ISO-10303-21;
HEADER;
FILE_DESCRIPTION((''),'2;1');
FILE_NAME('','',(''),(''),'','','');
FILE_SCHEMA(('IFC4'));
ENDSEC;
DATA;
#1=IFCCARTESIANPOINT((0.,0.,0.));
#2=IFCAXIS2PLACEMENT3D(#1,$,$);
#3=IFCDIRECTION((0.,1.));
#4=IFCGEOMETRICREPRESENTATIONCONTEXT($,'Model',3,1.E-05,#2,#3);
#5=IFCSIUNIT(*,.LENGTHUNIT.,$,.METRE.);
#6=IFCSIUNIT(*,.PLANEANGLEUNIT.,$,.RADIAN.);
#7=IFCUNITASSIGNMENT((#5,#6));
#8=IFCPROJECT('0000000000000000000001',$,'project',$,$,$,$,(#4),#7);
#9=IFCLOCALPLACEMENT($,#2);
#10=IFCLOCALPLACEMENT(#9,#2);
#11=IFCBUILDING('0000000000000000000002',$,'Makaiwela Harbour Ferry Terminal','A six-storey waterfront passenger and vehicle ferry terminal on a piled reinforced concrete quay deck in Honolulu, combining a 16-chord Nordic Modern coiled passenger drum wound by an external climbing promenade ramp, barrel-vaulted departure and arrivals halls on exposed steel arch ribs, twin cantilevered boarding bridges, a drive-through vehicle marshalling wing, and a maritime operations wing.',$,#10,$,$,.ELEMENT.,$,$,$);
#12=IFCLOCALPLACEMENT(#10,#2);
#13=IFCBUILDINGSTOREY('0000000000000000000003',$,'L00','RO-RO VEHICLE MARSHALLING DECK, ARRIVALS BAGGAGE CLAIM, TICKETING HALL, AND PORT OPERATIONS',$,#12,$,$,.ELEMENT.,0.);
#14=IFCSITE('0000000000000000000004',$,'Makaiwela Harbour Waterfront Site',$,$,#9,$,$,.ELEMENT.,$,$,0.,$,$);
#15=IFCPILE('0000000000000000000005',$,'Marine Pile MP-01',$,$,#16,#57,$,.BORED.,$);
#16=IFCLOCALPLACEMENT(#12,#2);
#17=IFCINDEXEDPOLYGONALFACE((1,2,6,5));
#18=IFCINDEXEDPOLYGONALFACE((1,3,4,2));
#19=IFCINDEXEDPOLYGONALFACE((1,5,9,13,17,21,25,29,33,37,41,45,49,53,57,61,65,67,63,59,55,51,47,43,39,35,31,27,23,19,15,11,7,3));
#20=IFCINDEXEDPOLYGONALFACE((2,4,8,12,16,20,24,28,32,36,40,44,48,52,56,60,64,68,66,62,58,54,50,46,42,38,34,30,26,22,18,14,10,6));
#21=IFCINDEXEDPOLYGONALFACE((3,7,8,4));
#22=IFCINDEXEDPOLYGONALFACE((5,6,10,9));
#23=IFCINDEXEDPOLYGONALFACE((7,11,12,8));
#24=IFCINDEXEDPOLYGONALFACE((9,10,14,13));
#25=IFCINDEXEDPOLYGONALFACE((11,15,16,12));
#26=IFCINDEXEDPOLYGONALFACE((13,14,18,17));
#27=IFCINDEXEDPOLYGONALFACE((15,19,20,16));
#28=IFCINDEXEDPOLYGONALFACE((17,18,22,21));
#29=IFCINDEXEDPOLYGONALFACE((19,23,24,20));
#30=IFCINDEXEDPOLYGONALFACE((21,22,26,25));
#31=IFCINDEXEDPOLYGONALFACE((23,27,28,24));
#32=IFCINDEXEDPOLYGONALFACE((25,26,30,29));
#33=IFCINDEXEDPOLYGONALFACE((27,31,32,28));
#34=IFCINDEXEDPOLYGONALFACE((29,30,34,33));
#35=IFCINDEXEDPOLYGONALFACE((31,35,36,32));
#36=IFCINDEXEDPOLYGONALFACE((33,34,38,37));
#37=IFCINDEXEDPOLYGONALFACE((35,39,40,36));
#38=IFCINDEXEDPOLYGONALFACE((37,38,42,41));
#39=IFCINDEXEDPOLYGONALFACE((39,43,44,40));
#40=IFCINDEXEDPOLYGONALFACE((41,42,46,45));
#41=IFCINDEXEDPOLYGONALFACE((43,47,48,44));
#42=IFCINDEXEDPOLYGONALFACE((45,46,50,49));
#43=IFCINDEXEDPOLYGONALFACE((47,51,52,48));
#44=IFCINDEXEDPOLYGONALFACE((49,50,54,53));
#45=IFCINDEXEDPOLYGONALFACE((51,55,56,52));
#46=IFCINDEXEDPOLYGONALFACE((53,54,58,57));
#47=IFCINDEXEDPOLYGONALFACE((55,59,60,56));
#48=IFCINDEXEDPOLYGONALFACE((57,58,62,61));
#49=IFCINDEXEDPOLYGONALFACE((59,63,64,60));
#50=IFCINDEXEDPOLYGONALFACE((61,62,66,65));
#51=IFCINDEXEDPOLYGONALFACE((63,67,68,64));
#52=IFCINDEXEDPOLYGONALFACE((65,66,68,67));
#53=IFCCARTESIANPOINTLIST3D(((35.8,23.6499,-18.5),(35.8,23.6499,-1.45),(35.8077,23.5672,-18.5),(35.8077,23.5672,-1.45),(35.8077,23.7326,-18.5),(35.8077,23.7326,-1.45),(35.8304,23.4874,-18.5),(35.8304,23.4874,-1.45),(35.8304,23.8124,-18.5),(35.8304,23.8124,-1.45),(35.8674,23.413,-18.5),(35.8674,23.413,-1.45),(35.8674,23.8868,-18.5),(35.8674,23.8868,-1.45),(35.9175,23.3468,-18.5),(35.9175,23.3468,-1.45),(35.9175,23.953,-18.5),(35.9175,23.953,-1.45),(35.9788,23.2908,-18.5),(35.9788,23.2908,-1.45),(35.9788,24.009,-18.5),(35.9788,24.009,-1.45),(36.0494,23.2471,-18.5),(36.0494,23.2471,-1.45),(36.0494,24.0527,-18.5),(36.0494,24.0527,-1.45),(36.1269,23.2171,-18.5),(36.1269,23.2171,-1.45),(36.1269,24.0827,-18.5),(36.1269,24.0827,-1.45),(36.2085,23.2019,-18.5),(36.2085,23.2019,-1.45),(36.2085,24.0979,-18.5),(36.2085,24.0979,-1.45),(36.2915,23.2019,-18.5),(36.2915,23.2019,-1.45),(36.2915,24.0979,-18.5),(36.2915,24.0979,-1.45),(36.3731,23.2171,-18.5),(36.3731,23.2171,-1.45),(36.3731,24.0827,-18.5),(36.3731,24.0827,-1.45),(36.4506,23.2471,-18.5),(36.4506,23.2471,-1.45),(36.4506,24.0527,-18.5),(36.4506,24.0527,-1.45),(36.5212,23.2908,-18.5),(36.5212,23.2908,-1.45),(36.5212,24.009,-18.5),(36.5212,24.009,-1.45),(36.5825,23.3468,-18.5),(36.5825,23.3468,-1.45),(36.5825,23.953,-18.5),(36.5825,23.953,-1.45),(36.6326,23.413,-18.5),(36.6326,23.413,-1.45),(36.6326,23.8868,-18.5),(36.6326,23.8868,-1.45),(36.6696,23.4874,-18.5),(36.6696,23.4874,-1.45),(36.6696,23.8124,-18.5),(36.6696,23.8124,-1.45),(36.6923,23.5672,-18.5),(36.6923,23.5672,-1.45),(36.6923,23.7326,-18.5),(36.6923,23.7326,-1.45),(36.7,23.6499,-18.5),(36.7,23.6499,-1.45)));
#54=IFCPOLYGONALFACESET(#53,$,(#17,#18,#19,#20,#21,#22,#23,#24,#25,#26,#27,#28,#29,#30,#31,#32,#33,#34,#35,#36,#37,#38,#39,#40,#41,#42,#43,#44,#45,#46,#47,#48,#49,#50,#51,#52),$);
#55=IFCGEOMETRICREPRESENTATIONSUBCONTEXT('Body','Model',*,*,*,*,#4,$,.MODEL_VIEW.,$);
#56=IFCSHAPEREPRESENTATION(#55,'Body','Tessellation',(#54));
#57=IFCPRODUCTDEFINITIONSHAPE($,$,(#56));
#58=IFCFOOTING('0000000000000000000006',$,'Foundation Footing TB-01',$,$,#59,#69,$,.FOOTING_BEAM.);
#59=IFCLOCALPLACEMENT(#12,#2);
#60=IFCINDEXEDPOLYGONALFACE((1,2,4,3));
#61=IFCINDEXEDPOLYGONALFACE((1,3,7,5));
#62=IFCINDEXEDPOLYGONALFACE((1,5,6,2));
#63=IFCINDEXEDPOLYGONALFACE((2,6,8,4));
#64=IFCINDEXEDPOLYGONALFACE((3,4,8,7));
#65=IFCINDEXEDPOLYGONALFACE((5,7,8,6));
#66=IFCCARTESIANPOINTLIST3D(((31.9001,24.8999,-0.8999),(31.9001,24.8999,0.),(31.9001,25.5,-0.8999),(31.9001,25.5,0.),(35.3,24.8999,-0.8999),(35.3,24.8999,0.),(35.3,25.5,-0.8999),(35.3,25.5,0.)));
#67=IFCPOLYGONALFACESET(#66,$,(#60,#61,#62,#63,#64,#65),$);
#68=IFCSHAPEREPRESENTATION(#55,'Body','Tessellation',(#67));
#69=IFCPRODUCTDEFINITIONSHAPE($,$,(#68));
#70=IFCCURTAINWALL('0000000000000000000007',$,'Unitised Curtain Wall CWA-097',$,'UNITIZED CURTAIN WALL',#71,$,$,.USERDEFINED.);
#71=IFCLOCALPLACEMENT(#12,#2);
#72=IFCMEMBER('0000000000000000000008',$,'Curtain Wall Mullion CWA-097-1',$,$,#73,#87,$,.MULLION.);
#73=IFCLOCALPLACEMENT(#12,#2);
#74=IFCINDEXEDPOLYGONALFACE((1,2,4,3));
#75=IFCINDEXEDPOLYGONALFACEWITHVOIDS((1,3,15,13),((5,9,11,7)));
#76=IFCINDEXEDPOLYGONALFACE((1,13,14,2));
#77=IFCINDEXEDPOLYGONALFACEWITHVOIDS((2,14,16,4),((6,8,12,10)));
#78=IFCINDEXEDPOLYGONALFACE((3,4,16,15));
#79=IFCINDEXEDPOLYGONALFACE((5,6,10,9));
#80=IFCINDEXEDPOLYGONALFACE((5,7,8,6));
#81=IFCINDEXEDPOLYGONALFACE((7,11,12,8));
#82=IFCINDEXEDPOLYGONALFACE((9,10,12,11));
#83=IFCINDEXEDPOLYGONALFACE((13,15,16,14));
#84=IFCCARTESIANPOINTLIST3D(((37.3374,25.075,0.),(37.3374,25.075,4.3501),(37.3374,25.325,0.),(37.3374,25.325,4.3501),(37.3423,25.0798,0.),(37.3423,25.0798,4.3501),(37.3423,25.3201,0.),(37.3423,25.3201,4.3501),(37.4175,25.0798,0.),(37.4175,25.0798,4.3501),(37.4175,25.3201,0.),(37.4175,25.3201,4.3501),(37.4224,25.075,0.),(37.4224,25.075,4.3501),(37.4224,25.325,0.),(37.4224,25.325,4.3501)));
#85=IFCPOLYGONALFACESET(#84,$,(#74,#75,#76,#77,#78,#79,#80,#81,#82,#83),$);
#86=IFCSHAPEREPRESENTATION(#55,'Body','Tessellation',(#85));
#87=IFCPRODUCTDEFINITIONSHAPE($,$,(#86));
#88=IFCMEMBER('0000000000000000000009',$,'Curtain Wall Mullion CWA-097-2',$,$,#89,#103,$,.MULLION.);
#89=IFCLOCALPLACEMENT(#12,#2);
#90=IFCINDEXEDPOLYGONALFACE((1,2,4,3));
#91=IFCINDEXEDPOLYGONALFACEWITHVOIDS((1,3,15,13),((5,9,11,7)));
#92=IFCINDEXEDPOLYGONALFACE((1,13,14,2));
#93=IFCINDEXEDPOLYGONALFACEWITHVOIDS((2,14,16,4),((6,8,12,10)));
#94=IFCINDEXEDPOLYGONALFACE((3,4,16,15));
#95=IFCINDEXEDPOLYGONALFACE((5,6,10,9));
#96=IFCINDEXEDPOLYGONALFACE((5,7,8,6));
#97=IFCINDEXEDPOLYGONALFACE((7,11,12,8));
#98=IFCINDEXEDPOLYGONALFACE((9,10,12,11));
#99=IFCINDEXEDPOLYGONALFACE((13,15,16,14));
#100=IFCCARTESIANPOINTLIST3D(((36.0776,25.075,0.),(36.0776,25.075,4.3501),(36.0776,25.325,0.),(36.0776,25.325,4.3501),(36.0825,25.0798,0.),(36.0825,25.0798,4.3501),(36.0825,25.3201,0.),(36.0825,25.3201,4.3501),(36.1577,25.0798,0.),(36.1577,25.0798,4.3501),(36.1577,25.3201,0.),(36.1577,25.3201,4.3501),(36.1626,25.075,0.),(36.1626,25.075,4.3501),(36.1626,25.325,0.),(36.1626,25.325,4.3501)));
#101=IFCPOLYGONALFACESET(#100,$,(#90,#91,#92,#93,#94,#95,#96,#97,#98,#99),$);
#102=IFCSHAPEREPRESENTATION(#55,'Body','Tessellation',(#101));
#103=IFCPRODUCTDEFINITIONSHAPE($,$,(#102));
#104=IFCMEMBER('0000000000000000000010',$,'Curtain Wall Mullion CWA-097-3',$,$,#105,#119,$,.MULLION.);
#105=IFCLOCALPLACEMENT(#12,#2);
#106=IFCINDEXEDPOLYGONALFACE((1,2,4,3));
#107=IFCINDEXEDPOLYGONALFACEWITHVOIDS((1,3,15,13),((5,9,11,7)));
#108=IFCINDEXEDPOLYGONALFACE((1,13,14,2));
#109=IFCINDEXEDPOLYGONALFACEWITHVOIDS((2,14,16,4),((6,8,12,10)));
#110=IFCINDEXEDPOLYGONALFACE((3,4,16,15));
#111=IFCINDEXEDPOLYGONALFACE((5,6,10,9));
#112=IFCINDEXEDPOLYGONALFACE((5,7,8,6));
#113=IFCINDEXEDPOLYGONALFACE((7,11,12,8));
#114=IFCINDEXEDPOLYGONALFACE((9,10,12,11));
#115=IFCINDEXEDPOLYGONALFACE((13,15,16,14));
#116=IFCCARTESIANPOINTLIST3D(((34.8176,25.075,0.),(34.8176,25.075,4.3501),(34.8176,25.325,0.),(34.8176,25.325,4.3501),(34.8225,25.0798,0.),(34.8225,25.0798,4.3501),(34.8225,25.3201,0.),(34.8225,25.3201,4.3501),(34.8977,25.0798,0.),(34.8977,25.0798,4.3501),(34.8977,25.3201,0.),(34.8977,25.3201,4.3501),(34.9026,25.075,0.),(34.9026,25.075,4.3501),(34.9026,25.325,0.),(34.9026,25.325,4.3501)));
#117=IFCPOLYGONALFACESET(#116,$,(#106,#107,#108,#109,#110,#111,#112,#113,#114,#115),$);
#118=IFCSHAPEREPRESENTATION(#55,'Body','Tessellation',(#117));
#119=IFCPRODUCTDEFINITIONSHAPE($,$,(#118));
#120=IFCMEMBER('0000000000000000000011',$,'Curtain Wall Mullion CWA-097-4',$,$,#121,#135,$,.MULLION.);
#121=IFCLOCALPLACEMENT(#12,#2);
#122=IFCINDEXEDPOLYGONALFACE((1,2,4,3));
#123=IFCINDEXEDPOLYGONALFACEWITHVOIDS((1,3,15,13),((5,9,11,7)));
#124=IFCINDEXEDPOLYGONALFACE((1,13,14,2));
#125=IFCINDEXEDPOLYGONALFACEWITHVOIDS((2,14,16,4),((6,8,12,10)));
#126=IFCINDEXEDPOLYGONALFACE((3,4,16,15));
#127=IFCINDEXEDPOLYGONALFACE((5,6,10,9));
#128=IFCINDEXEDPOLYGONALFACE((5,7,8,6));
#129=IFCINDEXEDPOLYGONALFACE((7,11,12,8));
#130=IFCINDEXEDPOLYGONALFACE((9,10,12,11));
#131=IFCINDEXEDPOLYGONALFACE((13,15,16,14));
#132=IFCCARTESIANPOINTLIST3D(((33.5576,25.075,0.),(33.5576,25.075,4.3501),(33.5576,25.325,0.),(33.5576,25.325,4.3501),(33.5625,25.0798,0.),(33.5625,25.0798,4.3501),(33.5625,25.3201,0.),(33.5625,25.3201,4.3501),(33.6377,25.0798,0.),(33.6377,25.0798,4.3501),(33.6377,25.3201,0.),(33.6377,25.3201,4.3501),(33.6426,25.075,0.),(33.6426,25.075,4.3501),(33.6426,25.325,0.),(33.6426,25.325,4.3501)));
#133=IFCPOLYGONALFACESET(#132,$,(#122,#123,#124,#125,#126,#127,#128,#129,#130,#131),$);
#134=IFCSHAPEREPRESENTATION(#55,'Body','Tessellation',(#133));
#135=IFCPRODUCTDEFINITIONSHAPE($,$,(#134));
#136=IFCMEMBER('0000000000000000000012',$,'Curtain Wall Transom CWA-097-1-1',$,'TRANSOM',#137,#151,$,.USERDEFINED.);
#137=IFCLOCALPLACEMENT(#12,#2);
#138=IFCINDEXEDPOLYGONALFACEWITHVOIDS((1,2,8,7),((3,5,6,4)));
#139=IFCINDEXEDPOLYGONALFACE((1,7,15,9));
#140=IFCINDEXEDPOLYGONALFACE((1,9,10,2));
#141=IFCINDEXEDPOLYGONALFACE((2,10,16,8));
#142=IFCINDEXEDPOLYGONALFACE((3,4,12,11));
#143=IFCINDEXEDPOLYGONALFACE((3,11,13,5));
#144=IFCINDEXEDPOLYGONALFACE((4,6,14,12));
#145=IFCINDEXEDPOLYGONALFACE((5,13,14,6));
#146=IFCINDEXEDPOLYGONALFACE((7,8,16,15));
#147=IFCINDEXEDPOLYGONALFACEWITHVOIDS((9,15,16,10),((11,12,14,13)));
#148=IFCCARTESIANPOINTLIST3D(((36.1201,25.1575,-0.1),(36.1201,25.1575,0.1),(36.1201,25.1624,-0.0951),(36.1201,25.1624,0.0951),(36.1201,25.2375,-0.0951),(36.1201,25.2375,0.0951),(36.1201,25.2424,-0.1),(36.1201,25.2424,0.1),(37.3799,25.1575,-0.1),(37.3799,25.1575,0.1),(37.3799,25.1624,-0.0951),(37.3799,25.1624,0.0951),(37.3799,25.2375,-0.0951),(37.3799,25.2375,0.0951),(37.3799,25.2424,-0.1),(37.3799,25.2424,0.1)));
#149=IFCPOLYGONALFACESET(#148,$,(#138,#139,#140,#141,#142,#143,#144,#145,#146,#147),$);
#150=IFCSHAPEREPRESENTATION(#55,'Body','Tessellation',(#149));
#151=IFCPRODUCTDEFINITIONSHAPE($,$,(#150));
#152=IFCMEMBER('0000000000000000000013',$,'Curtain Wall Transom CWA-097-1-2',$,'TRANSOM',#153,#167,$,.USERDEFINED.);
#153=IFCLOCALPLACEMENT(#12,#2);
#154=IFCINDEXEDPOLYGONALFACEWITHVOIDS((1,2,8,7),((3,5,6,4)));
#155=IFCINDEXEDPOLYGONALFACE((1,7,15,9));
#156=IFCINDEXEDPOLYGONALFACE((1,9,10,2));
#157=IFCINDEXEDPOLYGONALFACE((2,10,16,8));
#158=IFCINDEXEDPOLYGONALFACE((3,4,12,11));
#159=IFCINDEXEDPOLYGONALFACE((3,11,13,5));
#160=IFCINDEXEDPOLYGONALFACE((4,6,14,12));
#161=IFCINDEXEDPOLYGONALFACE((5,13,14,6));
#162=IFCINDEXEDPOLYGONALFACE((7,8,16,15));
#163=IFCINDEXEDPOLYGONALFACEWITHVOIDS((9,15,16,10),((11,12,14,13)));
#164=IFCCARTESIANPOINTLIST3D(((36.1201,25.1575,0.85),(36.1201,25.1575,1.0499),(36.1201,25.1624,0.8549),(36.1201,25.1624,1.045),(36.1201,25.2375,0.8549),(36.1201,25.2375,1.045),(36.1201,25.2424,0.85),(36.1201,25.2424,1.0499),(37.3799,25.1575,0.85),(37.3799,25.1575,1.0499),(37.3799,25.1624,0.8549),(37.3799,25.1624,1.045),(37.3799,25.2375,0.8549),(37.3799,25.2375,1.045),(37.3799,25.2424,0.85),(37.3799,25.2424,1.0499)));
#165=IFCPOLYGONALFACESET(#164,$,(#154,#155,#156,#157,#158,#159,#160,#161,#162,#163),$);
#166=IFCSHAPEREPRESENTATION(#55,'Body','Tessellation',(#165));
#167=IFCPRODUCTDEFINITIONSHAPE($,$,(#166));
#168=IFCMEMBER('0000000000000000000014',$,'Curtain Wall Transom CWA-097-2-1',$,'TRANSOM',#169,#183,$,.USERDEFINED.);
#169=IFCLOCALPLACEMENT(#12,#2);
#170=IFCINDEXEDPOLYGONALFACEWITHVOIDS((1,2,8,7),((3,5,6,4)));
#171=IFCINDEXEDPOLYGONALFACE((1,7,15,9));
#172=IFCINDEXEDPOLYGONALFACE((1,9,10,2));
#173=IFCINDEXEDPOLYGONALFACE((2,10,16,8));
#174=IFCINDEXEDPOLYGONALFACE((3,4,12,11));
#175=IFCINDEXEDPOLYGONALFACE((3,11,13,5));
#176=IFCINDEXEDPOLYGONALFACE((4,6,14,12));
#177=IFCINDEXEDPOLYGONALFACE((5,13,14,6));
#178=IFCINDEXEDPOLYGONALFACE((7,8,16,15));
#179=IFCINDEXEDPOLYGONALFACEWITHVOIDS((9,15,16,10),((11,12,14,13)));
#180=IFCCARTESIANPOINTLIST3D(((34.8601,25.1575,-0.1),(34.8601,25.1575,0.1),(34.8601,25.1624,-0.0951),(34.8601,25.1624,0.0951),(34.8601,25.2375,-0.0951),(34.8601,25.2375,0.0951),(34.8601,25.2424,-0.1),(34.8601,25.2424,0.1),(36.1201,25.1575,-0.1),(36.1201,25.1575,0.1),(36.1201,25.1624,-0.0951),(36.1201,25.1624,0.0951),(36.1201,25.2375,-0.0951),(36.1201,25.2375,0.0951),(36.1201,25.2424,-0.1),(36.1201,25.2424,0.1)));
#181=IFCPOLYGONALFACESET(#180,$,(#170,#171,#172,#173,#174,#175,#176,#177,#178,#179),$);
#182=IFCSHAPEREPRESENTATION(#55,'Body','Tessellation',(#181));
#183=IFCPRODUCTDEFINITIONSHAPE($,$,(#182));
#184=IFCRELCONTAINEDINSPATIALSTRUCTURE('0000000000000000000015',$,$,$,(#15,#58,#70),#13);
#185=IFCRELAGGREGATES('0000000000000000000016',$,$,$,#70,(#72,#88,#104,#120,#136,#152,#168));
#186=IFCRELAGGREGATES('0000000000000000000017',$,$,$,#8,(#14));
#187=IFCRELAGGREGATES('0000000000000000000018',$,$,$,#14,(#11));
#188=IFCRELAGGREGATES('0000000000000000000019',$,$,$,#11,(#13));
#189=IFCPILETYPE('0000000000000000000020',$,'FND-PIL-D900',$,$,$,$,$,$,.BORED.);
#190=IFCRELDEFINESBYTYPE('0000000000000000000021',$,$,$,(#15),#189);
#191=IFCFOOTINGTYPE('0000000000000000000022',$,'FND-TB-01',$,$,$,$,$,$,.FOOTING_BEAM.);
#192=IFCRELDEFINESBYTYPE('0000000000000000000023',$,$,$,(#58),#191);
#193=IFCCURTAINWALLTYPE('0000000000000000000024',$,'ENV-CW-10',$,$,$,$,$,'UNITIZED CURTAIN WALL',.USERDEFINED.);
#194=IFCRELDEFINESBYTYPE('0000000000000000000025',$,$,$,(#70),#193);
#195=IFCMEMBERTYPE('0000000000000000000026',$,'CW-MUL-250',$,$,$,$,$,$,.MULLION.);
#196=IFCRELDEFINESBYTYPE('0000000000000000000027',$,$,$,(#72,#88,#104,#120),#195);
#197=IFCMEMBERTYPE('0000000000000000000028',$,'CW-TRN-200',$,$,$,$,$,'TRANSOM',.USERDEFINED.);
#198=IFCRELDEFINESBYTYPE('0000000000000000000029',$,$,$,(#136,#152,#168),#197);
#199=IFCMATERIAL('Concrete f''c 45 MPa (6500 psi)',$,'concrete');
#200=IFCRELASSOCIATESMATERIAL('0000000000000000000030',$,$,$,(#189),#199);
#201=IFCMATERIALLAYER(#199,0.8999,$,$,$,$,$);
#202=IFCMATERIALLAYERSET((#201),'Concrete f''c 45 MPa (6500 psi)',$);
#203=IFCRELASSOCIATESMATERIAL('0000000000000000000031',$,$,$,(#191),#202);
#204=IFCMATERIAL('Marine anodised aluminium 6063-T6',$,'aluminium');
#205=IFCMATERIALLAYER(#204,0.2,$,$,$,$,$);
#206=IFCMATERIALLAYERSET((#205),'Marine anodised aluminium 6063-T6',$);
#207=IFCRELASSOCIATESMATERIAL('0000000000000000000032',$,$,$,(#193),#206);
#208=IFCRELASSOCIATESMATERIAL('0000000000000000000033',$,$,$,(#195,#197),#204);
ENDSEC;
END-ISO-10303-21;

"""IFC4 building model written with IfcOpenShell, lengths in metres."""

from ifc_helpers import new_model, si_unit, direction, frame, origin, origin_2d, place, context, subcontext, project, spatial, rectangle, hollow_rectangle, circle, extrude, material, layer, layer_set, material_profile, profile_set, type_object, element, aggregate, save


model = new_model("IFC4")

# Units and contexts
model_context = context("Model", 3, precision=1e-05, world=origin(), true_north=direction((0.0, 1.0)))
body_context = subcontext(model_context, "Body", "Model", "MODEL_VIEW")
ifc_project = project(units=[si_unit("LENGTHUNIT", "METRE"), si_unit("PLANEANGLEUNIT", "RADIAN")], contexts=[model_context])

# Site, building, storey
site_placement = place(None, origin())
site = spatial("IfcSite", under=ifc_project, at=site_placement, Name="Makaiwela Harbour Waterfront Site", CompositionType="ELEMENT", RefElevation=0.0)
building_placement = place(site_placement, origin())
building = spatial("IfcBuilding", under=site, at=building_placement, Name="Makaiwela Harbour Ferry Terminal", Description="A six-storey waterfront passenger and vehicle ferry terminal on a piled reinforced concrete quay deck in Honolulu, combining a 16-chord Nordic Modern coiled passenger drum wound by an external climbing promenade ramp, barrel-vaulted departure and arrivals halls on exposed steel arch ribs, twin cantilevered boarding bridges, a drive-through vehicle marshalling wing, and a maritime operations wing.", CompositionType="ELEMENT")
storey_placement = place(building_placement, origin())
storey = spatial("IfcBuildingStorey", under=building, at=storey_placement, Name="L00", Description="RO-RO VEHICLE MARSHALLING DECK, ARRIVALS BAGGAGE CLAIM, TICKETING HALL, AND PORT OPERATIONS", CompositionType="ELEMENT", Elevation=0.0)

# Pile
ifc_material_1 = material(Name="Concrete f'c 45 MPa (6500 psi)", Category="concrete")
ifc_material_profile_1 = material_profile(ifc_material_1, circle(Radius=0.45, at=origin_2d()), Name="PILE-D900")
ifc_profile_set_1 = profile_set([ifc_material_profile_1], Name="Concrete f'c 45 MPa (6500 psi)")
pile_type = type_object("IfcPileType", Name="FND-PIL-D900", PredefinedType="BORED", material=ifc_profile_set_1)
pile_placement = place(storey_placement, frame((36.25, 23.6499, -1.45), z_axis=(0.0, 0.0, -1.0), x_axis=(1.0, 0.0, 0.0)))
element("IfcPile", 1, at=pile_placement, inside=storey, type_object=pile_type, Name="Marine Pile MP-01", PredefinedType="BORED", context=body_context, shape_type="SweptSolid", body=[
    extrude(circle(Radius=0.45, at=origin_2d()), origin(), (0.0, 0.0, 1.0), 17.05),
])

# Footing
ifc_layer_1 = layer(ifc_material_1, 0.8999)
ifc_layer_set_1 = layer_set([ifc_layer_1], Name="Concrete f'c 45 MPa (6500 psi)")
footing_type = type_object("IfcFootingType", Name="FND-TB-01", PredefinedType="FOOTING_BEAM", material=ifc_layer_set_1)
footing_placement = place(storey_placement, frame((33.6001, 25.2, -0.8999), z_axis=(0.0, 0.0, 1.0), x_axis=(1.0, 0.0, 0.0)))
element("IfcFooting", 2, at=footing_placement, inside=storey, type_object=footing_type, Name="Foundation Footing TB-01", PredefinedType="FOOTING_BEAM", context=body_context, shape_type="SweptSolid", body=[
    extrude(rectangle(XDim=3.3999, YDim=0.6001, at=origin_2d()), origin(), (0.0, 0.0, 1.0), 0.8999),
])

# Curtain wall, members
ifc_material_2 = material(Name="Marine anodised aluminium 6063-T6", Category="aluminium")
ifc_layer_2 = layer(ifc_material_2, 0.2)
ifc_layer_set_2 = layer_set([ifc_layer_2], Name="Marine anodised aluminium 6063-T6")
curtain_wall_type = type_object("IfcCurtainWallType", Name="ENV-CW-10", ElementType="UNITIZED CURTAIN WALL", PredefinedType="USERDEFINED", material=ifc_layer_set_2)
curtain_wall_placement = place(storey_placement, origin())
curtain_wall = element("IfcCurtainWall", 3, at=curtain_wall_placement, inside=storey, type_object=curtain_wall_type, Name="Unitised Curtain Wall CWA-097", ObjectType="UNITIZED CURTAIN WALL", PredefinedType="USERDEFINED")
ifc_material_profile_2 = material_profile(ifc_material_2, hollow_rectangle(XDim=0.085, YDim=0.25, WallThickness=0.0049, at=origin_2d()), Name="CWM-250X85")
ifc_profile_set_2 = profile_set([ifc_material_profile_2], Name="Marine anodised aluminium 6063-T6")
member_type_1 = type_object("IfcMemberType", Name="CW-MUL-250", PredefinedType="MULLION", material=ifc_profile_set_2)
member_1_placement = place(storey_placement, frame((37.3799, 25.2, 0.0), z_axis=(0.0, 0.0, 1.0), x_axis=(1.0, 0.0, 0.0)))
member_1 = element("IfcMember", 4, at=member_1_placement, type_object=member_type_1, Name="Curtain Wall Mullion CWA-097-1", PredefinedType="MULLION", context=body_context, shape_type="SweptSolid", body=[
    extrude(hollow_rectangle(XDim=0.085, YDim=0.25, WallThickness=0.0049, at=origin_2d()), origin(), (0.0, 0.0, 1.0), 4.3501),
])
member_2_placement = place(storey_placement, frame((36.1201, 25.2, 0.0), z_axis=(0.0, 0.0, 1.0), x_axis=(1.0, 0.0, 0.0)))
member_2 = element("IfcMember", 5, at=member_2_placement, type_object=member_type_1, Name="Curtain Wall Mullion CWA-097-2", PredefinedType="MULLION", context=body_context, shape_type="SweptSolid", body=[
    extrude(hollow_rectangle(XDim=0.085, YDim=0.25, WallThickness=0.0049, at=origin_2d()), origin(), (0.0, 0.0, 1.0), 4.3501),
])
member_3_placement = place(storey_placement, frame((34.8601, 25.2, 0.0), z_axis=(0.0, 0.0, 1.0), x_axis=(1.0, 0.0, 0.0)))
member_3 = element("IfcMember", 6, at=member_3_placement, type_object=member_type_1, Name="Curtain Wall Mullion CWA-097-3", PredefinedType="MULLION", context=body_context, shape_type="SweptSolid", body=[
    extrude(hollow_rectangle(XDim=0.085, YDim=0.25, WallThickness=0.0049, at=origin_2d()), origin(), (0.0, 0.0, 1.0), 4.3501),
])
member_4_placement = place(storey_placement, frame((33.6001, 25.2, 0.0), z_axis=(0.0, 0.0, 1.0), x_axis=(1.0, 0.0, 0.0)))
member_4 = element("IfcMember", 7, at=member_4_placement, type_object=member_type_1, Name="Curtain Wall Mullion CWA-097-4", PredefinedType="MULLION", context=body_context, shape_type="SweptSolid", body=[
    extrude(hollow_rectangle(XDim=0.085, YDim=0.25, WallThickness=0.0049, at=origin_2d()), origin(), (0.0, 0.0, 1.0), 4.3501),
])
ifc_material_profile_3 = material_profile(ifc_material_2, hollow_rectangle(XDim=0.085, YDim=0.2, WallThickness=0.0049, at=origin_2d()), Name="CWT-200X85")
ifc_profile_set_3 = profile_set([ifc_material_profile_3], Name="Marine anodised aluminium 6063-T6")
member_type_2 = type_object("IfcMemberType", Name="CW-TRN-200", ElementType="TRANSOM", PredefinedType="USERDEFINED", material=ifc_profile_set_3)
member_5_placement = place(storey_placement, frame((37.3799, 25.2, 0.0), z_axis=(-1.0, 0.0, 0.0), x_axis=(0.0, -1.0, 0.0)))
member_5 = element("IfcMember", 8, at=member_5_placement, type_object=member_type_2, Name="Curtain Wall Transom CWA-097-1-1", ObjectType="TRANSOM", PredefinedType="USERDEFINED", context=body_context, shape_type="SweptSolid", body=[
    extrude(hollow_rectangle(XDim=0.085, YDim=0.2, WallThickness=0.0049, at=origin_2d()), origin(), (0.0, 0.0, 1.0), 1.2598),
])
member_6_placement = place(storey_placement, frame((37.3799, 25.2, 0.95), z_axis=(-1.0, 0.0, 0.0), x_axis=(0.0, -1.0, 0.0)))
member_6 = element("IfcMember", 9, at=member_6_placement, type_object=member_type_2, Name="Curtain Wall Transom CWA-097-1-2", ObjectType="TRANSOM", PredefinedType="USERDEFINED", context=body_context, shape_type="SweptSolid", body=[
    extrude(hollow_rectangle(XDim=0.085, YDim=0.2, WallThickness=0.0049, at=origin_2d()), origin(), (0.0, 0.0, 1.0), 1.2598),
])
member_7_placement = place(storey_placement, frame((36.1201, 25.2, 0.0), z_axis=(-1.0, 0.0, 0.0), x_axis=(0.0, -1.0, 0.0)))
member_7 = element("IfcMember", 10, at=member_7_placement, type_object=member_type_2, Name="Curtain Wall Transom CWA-097-2-1", ObjectType="TRANSOM", PredefinedType="USERDEFINED", context=body_context, shape_type="SweptSolid", body=[
    extrude(hollow_rectangle(XDim=0.085, YDim=0.2, WallThickness=0.0049, at=origin_2d()), origin(), (0.0, 0.0, 1.0), 1.26),
])
aggregate(curtain_wall, [member_1, member_2, member_3, member_4, member_5, member_6, member_7])

save(model, "model.ifc")
